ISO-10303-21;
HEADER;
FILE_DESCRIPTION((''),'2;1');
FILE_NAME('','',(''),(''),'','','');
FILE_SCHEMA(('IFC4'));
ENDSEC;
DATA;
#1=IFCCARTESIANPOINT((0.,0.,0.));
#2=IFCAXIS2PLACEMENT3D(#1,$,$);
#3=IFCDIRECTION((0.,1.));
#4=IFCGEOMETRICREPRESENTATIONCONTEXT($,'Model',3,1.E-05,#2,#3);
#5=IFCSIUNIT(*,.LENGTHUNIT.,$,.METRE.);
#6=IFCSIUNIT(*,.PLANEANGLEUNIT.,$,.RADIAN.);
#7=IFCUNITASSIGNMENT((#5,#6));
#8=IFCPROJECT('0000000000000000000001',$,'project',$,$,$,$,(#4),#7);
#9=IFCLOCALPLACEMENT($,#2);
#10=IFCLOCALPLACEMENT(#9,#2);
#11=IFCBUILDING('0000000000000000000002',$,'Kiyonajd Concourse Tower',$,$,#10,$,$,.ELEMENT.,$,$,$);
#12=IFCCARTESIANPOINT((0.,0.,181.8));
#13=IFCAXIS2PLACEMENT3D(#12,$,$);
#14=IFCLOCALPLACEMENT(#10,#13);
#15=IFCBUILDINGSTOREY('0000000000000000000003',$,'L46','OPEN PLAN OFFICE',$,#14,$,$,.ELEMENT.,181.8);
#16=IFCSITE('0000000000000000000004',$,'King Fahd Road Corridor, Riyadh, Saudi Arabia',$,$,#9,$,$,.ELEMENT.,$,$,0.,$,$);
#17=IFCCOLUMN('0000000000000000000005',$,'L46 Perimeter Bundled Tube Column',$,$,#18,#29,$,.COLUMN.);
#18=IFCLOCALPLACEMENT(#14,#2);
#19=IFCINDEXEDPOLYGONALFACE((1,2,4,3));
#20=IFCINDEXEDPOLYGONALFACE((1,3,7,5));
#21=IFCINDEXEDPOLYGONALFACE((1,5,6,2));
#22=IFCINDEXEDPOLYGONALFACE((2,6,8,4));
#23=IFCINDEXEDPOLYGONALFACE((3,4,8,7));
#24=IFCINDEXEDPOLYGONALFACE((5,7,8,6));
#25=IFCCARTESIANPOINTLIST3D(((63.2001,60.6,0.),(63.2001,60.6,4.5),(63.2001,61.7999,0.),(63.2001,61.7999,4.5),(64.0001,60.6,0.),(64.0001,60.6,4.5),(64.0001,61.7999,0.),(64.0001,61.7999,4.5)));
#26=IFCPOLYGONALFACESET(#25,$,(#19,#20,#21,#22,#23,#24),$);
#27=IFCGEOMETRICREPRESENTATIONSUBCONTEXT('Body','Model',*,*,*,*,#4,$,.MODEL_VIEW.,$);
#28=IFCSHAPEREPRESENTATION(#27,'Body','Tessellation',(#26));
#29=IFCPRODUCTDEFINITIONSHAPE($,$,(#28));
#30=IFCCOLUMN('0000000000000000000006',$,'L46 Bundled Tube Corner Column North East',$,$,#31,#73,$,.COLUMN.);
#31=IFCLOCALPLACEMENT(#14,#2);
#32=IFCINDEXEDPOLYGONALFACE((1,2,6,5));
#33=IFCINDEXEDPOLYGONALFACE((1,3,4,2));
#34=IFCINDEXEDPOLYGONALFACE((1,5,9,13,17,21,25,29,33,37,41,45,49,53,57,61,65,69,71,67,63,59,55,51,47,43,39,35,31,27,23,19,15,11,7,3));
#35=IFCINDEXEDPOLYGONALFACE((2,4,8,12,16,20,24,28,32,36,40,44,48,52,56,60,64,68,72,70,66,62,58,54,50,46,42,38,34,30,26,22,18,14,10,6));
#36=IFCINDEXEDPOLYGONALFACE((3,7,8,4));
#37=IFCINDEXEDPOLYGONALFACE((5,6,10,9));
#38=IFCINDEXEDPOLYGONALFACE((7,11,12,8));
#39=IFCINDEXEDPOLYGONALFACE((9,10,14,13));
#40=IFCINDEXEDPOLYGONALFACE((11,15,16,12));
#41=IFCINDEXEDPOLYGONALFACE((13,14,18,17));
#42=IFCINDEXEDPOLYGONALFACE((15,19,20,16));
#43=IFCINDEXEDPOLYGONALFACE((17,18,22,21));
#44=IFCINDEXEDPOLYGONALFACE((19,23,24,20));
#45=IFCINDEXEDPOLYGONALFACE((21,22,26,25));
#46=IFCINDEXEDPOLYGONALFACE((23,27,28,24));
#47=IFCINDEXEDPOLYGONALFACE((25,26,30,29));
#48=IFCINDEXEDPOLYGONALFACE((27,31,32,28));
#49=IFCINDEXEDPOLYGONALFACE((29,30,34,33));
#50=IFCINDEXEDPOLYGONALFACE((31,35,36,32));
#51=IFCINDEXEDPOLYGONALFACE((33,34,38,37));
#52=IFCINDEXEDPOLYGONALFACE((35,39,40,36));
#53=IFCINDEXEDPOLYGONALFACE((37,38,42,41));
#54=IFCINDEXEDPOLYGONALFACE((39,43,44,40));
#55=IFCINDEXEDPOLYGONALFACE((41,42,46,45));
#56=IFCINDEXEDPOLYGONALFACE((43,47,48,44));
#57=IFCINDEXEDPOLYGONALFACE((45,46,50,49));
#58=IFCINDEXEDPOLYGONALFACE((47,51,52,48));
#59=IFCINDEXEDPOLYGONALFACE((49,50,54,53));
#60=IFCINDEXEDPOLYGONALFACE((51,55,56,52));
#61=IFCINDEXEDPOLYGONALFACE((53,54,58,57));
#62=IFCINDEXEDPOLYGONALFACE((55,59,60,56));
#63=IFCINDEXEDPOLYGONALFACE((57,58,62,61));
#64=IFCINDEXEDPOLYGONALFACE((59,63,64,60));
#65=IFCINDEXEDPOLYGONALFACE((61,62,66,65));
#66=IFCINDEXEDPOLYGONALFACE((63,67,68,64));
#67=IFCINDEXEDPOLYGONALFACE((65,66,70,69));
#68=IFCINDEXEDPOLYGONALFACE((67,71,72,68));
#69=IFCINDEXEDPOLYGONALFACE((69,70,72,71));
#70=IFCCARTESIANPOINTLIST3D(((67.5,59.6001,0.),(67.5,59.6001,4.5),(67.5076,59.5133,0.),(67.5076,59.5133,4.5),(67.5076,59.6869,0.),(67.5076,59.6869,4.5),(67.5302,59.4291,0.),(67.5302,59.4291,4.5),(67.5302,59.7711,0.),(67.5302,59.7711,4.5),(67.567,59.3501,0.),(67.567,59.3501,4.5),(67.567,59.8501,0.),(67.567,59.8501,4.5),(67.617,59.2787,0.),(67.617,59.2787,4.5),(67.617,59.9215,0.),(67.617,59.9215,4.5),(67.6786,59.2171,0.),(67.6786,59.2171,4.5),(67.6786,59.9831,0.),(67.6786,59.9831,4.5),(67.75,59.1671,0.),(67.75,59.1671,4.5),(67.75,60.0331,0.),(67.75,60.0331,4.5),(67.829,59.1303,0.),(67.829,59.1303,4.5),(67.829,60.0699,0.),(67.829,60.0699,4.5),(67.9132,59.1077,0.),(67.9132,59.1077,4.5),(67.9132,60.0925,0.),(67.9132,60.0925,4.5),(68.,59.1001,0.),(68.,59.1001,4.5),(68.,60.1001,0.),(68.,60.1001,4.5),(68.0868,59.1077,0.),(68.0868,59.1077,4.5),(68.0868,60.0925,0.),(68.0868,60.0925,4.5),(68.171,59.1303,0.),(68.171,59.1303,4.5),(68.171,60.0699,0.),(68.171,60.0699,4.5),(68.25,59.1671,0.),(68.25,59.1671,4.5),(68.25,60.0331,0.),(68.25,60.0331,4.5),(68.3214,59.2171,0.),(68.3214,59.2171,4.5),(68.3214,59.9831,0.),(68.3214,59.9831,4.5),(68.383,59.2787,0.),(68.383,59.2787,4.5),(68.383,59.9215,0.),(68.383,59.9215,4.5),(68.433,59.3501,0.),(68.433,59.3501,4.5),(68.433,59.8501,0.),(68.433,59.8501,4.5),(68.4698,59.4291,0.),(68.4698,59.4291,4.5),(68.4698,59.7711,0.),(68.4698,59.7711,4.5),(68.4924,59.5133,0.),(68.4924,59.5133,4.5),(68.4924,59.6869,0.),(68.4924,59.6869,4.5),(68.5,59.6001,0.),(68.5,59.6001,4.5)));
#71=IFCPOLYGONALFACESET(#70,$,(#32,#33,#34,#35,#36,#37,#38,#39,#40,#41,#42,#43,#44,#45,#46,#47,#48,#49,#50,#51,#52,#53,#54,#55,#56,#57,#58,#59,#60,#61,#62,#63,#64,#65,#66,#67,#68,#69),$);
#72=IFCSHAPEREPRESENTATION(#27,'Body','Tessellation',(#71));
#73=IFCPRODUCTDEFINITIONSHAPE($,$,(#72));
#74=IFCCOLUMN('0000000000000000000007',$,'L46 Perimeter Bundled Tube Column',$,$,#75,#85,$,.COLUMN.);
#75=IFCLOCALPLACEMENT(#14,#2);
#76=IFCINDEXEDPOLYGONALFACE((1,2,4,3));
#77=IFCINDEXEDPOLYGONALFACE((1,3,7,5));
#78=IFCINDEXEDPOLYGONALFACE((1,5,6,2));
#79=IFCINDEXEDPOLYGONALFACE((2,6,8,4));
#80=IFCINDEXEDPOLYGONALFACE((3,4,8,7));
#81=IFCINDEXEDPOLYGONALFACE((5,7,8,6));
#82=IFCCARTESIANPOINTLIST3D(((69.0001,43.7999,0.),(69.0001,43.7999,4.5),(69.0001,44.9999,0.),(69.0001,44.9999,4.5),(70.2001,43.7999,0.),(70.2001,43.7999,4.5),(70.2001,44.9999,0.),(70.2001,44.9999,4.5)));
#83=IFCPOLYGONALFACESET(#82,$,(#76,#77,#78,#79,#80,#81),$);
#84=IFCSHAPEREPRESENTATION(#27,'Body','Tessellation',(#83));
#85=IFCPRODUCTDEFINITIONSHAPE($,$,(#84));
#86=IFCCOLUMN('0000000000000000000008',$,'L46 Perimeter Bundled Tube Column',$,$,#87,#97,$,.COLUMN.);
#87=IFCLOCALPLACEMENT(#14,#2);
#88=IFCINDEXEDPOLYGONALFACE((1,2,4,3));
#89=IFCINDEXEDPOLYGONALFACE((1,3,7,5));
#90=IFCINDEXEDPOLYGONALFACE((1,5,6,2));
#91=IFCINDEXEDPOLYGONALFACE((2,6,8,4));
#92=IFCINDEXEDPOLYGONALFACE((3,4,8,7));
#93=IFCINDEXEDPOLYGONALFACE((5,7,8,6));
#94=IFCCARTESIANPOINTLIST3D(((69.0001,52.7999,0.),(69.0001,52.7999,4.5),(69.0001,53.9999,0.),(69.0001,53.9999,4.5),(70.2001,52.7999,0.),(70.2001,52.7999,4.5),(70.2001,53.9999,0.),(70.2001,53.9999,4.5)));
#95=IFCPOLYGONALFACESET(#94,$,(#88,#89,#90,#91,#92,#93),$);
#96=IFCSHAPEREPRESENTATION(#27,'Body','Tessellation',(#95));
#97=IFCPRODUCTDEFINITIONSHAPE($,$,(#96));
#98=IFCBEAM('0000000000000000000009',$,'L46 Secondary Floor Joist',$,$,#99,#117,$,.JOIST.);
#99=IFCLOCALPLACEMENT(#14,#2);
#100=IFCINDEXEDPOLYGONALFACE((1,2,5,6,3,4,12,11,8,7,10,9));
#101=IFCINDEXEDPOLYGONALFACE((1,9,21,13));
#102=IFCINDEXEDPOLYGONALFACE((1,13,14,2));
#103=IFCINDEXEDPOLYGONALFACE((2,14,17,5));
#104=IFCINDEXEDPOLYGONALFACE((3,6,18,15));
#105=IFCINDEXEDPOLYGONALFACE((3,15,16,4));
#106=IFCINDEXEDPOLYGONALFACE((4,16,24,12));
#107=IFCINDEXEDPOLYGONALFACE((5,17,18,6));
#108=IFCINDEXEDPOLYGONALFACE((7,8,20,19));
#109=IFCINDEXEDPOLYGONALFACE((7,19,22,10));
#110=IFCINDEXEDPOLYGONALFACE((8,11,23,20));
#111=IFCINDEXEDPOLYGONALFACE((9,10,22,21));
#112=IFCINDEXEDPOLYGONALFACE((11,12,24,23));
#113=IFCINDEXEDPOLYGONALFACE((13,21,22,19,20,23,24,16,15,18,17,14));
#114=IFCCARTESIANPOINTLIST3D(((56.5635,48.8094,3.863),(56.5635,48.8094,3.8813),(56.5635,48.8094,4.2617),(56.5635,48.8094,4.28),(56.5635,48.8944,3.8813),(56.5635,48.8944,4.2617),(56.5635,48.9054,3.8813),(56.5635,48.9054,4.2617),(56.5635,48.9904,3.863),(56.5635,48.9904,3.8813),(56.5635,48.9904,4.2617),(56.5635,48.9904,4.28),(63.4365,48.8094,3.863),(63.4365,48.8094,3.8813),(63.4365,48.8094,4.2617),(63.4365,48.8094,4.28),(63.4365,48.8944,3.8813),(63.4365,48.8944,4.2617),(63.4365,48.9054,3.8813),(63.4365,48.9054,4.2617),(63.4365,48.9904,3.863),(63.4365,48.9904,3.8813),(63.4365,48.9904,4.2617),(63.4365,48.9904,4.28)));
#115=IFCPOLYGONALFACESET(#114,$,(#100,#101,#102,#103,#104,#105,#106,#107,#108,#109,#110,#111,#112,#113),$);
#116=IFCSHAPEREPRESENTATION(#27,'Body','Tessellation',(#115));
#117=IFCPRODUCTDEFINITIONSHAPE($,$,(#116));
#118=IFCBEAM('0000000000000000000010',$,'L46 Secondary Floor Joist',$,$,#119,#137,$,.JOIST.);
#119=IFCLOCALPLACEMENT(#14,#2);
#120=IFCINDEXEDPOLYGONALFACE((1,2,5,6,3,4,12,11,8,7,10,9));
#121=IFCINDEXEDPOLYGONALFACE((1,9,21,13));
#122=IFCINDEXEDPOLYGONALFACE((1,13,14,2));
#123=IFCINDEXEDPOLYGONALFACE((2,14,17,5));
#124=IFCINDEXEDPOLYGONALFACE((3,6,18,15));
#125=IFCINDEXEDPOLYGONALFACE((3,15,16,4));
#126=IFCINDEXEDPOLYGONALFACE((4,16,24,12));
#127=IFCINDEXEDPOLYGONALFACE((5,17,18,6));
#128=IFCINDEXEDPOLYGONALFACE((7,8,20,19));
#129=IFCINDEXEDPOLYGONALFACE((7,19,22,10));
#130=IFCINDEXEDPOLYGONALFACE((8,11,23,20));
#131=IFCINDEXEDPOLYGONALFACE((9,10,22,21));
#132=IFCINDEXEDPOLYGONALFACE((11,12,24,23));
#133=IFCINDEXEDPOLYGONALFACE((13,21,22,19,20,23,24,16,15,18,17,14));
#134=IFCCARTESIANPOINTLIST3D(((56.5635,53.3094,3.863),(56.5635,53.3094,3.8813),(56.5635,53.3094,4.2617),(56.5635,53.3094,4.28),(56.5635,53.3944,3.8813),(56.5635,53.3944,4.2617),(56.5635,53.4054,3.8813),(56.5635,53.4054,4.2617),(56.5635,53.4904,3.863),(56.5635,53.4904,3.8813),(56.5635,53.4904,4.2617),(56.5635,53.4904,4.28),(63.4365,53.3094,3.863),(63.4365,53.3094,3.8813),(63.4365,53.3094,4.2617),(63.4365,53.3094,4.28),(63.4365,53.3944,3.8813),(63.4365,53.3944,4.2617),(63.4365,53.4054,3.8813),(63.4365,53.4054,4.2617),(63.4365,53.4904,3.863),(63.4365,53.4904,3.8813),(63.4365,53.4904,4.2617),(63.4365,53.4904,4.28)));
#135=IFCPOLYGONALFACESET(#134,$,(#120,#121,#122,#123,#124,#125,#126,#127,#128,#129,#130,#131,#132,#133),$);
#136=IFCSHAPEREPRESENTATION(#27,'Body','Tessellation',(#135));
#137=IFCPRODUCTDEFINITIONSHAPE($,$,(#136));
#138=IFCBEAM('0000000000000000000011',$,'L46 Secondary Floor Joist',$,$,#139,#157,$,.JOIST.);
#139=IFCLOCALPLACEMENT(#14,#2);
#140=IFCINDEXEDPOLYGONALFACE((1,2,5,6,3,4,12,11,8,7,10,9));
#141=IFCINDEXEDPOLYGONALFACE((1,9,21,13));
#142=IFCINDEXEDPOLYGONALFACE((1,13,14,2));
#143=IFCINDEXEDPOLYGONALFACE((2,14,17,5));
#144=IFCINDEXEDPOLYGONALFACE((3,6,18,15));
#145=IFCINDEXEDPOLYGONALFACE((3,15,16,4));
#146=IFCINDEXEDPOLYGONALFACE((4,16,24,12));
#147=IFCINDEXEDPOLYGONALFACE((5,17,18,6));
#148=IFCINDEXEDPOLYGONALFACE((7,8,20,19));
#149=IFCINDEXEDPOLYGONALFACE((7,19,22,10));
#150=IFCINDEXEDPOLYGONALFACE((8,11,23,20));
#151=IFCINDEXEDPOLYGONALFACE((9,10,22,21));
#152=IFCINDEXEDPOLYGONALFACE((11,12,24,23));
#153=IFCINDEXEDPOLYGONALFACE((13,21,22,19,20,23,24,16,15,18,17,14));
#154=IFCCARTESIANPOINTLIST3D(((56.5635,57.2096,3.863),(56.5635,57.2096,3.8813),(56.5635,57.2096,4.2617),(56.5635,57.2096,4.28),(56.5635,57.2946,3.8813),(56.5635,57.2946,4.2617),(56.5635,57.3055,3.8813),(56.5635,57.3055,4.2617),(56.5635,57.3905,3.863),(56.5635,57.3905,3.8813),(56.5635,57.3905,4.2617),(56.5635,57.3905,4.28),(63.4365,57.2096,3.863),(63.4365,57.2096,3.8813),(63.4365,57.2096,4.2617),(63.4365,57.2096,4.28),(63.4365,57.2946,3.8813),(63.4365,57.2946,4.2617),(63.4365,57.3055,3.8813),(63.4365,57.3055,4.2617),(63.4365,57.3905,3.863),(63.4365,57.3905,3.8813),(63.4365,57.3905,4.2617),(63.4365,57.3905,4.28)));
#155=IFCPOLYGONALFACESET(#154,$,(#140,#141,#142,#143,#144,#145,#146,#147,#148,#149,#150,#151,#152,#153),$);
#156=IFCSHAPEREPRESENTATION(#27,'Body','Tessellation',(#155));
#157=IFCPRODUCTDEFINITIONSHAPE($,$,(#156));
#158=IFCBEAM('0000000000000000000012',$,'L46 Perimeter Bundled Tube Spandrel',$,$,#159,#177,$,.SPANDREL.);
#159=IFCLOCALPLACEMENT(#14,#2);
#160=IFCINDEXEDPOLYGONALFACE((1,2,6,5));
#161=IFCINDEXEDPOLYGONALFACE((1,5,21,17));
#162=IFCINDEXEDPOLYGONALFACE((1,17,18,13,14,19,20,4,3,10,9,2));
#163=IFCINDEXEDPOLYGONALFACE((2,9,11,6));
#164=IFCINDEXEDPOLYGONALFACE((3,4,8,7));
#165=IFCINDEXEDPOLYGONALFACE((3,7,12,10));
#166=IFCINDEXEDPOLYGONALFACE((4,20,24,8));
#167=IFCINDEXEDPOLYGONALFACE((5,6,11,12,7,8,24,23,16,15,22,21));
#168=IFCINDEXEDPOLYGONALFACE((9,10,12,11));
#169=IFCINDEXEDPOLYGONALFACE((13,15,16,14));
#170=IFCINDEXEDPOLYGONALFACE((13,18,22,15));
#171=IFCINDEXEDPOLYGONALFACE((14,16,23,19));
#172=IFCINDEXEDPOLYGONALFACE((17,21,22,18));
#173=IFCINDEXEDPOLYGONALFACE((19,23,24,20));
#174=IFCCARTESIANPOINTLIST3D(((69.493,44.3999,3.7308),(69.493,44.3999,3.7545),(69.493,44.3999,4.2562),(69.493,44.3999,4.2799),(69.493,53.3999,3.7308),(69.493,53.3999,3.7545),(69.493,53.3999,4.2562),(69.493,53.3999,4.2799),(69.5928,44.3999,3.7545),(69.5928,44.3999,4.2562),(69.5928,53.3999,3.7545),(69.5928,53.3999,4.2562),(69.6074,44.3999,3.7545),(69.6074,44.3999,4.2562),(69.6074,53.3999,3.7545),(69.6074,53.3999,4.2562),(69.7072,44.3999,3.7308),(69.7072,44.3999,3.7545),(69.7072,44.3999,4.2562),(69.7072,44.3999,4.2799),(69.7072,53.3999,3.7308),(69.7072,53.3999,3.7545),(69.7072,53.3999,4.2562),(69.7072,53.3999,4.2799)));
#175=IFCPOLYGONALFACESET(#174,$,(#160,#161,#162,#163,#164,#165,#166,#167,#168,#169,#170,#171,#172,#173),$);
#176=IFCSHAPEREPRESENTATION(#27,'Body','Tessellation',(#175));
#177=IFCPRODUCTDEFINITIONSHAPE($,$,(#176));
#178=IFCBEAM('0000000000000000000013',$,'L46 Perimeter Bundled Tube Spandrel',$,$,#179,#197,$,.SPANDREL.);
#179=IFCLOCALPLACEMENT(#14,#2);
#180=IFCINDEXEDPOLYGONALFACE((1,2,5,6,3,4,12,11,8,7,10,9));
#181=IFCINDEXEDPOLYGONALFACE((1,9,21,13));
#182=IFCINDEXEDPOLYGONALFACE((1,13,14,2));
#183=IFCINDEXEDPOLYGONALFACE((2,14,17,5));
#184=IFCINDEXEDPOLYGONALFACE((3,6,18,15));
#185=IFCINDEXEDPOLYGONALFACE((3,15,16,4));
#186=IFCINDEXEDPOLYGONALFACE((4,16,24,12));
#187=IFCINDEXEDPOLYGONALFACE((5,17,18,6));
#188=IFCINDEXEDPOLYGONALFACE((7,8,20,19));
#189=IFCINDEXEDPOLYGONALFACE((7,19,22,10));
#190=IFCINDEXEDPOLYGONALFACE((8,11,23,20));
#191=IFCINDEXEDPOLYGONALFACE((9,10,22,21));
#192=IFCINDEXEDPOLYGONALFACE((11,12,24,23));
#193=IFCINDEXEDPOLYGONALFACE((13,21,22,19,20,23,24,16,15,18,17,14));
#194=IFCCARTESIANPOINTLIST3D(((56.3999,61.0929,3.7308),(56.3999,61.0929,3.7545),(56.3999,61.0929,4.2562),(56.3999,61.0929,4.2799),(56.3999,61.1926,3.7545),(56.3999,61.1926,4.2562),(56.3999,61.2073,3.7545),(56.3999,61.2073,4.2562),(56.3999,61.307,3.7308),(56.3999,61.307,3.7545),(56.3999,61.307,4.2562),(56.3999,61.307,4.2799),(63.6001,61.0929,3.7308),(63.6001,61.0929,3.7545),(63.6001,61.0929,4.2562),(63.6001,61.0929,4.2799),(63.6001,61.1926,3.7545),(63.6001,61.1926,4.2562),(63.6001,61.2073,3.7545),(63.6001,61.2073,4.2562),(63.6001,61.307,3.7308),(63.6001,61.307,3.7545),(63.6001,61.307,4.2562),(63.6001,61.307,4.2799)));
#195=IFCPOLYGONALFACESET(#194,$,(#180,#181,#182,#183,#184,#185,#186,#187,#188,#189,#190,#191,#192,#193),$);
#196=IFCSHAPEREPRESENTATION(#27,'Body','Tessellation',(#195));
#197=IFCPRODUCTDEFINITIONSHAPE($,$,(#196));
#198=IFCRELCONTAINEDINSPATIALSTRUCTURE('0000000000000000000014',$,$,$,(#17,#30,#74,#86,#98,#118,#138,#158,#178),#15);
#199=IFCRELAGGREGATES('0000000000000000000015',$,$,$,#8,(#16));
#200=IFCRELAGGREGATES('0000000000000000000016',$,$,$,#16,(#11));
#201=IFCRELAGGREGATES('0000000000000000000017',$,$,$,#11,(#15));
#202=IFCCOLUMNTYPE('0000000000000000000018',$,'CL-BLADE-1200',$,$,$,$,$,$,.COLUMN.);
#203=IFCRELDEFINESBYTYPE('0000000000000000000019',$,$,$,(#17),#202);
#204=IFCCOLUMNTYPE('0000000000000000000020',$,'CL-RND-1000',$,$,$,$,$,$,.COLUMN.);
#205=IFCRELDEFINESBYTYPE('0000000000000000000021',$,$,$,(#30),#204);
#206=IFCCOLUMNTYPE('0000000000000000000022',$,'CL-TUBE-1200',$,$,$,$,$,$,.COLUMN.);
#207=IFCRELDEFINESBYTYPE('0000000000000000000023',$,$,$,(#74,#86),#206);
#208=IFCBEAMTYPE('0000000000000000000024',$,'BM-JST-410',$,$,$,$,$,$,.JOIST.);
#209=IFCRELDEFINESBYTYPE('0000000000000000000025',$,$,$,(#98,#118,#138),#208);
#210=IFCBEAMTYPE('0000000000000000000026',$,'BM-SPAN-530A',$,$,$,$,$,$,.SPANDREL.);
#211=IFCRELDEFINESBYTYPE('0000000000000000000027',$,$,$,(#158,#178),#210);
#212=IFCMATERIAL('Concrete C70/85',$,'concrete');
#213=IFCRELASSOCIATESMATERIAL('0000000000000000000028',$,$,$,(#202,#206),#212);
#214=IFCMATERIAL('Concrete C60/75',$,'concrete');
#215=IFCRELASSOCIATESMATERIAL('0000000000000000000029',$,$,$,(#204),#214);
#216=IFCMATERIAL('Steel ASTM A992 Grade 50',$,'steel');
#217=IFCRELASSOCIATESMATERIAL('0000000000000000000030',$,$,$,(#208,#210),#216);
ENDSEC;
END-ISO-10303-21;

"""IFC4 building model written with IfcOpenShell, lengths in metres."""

from ifc_helpers import new_model, si_unit, direction, frame, origin, origin_2d, place, context, subcontext, project, spatial, rectangle, circle, i_section, extrude, material, material_profile, profile_set, type_object, element, save


model = new_model("IFC4")

# Units and contexts
model_context = context("Model", 3, precision=1e-05, world=origin(), true_north=direction((0.0, 1.0)))
body_context = subcontext(model_context, "Body", "Model", "MODEL_VIEW")
ifc_project = project(units=[si_unit("LENGTHUNIT", "METRE"), si_unit("PLANEANGLEUNIT", "RADIAN")], contexts=[model_context])

# Site, building, storey
site_placement = place(None, origin())
site = spatial("IfcSite", under=ifc_project, at=site_placement, Name="King Fahd Road Corridor, Riyadh, Saudi Arabia", CompositionType="ELEMENT", RefElevation=0.0)
building_placement = place(site_placement, origin())
building = spatial("IfcBuilding", under=site, at=building_placement, Name="Kiyonajd Concourse Tower", CompositionType="ELEMENT")
storey_placement = place(building_placement, frame((0.0, 0.0, 181.8)))
storey = spatial("IfcBuildingStorey", under=building, at=storey_placement, Name="L46", Description="OPEN PLAN OFFICE", CompositionType="ELEMENT", Elevation=181.8)

# Columns
ifc_material_1 = material(Name="Concrete C70/85", Category="concrete")
ifc_material_profile_1 = material_profile(ifc_material_1, rectangle(XDim=0.8, YDim=1.2, at=origin_2d()), Name="RC-1200x800")
ifc_profile_set_1 = profile_set([ifc_material_profile_1], Name="Concrete C70/85")
column_type_1 = type_object("IfcColumnType", Name="CL-BLADE-1200", PredefinedType="COLUMN", material=ifc_profile_set_1)
column_1_placement = place(storey_placement, frame((63.6001, 61.2, 0.0), z_axis=(0.0, 0.0, 1.0), x_axis=(1.0, 0.0, 0.0)))
element("IfcColumn", 1, at=column_1_placement, inside=storey, type_object=column_type_1, Name="L46 Perimeter Bundled Tube Column", PredefinedType="COLUMN", context=body_context, shape_type="SweptSolid", body=[
    extrude(rectangle(XDim=0.8, YDim=1.2, at=origin_2d()), origin(), (0.0, 0.0, 1.0), 4.5),
])
ifc_material_2 = material(Name="Concrete C60/75", Category="concrete")
ifc_material_profile_2 = material_profile(ifc_material_2, circle(Radius=0.5, at=origin_2d()), Name="RCC-D1000")
ifc_profile_set_2 = profile_set([ifc_material_profile_2], Name="Concrete C60/75")
column_type_2 = type_object("IfcColumnType", Name="CL-RND-1000", PredefinedType="COLUMN", material=ifc_profile_set_2)
column_2_placement = place(storey_placement, frame((68.0, 59.6001, 0.0), z_axis=(0.0, 0.0, 1.0), x_axis=(1.0, 0.0, 0.0)))
element("IfcColumn", 2, at=column_2_placement, inside=storey, type_object=column_type_2, Name="L46 Bundled Tube Corner Column North East", PredefinedType="COLUMN", context=body_context, shape_type="SweptSolid", body=[
    extrude(circle(Radius=0.5, at=origin_2d()), origin(), (0.0, 0.0, 1.0), 4.5),
])
ifc_material_profile_3 = material_profile(ifc_material_1, rectangle(XDim=1.2, YDim=1.2, at=origin_2d()), Name="RC-1200x1200")
ifc_profile_set_3 = profile_set([ifc_material_profile_3], Name="Concrete C70/85")
column_type_3 = type_object("IfcColumnType", Name="CL-TUBE-1200", PredefinedType="COLUMN", material=ifc_profile_set_3)
for number, where, z_axis, x_axis, name in (
    (3, (69.6001, 44.3999, 0.0), (0.0, 0.0, 1.0), (1.0, 0.0, 0.0), "L46 Perimeter Bundled Tube Column"),
    (4, (69.6001, 53.3999, 0.0), (0.0, 0.0, 1.0), (1.0, 0.0, 0.0), "L46 Perimeter Bundled Tube Column"),
):
    element("IfcColumn", number, at=place(storey_placement, frame(where, z_axis=z_axis, x_axis=x_axis)), inside=storey, type_object=column_type_3, Name=name, PredefinedType="COLUMN", context=body_context, shape_type="SweptSolid", body=[
        extrude(rectangle(XDim=1.2, YDim=1.2, at=origin_2d()), origin(), (0.0, 0.0, 1.0), 4.5),
    ])

# Beams
ifc_material_3 = material(Name="Steel ASTM A992 Grade 50", Category="steel")
ifc_material_profile_4 = material_profile(ifc_material_3, i_section(OverallWidth=0.1809, OverallDepth=0.417, WebThickness=0.011, FlangeThickness=0.0183, at=origin_2d()), Name="W410X85")
ifc_profile_set_4 = profile_set([ifc_material_profile_4], Name="Steel ASTM A992 Grade 50")
beam_type_1 = type_object("IfcBeamType", Name="BM-JST-410", PredefinedType="JOIST", material=ifc_profile_set_4)
for number, where, z_axis, x_axis, name in (
    (5, (56.5635, 48.8999, 4.0715), (1.0, 0.0, 0.0), (0.0, 1.0, 0.0), "L46 Secondary Floor Joist"),
    (6, (56.5635, 53.3999, 4.0715), (1.0, 0.0, 0.0), (0.0, 1.0, 0.0), "L46 Secondary Floor Joist"),
    (7, (56.5635, 57.3, 4.0715), (1.0, 0.0, 0.0), (0.0, 1.0, 0.0), "L46 Secondary Floor Joist"),
):
    element("IfcBeam", number, at=place(storey_placement, frame(where, z_axis=z_axis, x_axis=x_axis)), inside=storey, type_object=beam_type_1, Name=name, PredefinedType="JOIST", context=body_context, shape_type="SweptSolid", body=[
        extrude(i_section(OverallWidth=0.1809, OverallDepth=0.417, WebThickness=0.011, FlangeThickness=0.0183, at=origin_2d()), origin(), (0.0, 0.0, 1.0), 6.873),
    ])
ifc_material_profile_5 = material_profile(ifc_material_3, i_section(OverallWidth=0.2141, OverallDepth=0.5491, WebThickness=0.0146, FlangeThickness=0.0237, at=origin_2d()), Name="W530X138")
ifc_profile_set_5 = profile_set([ifc_material_profile_5], Name="Steel ASTM A992 Grade 50")
beam_type_2 = type_object("IfcBeamType", Name="BM-SPAN-530A", PredefinedType="SPANDREL", material=ifc_profile_set_5)
beam_1_placement = place(storey_placement, frame((69.6001, 44.3999, 4.0054), z_axis=(0.0, 1.0, 0.0), x_axis=(-1.0, 0.0, 0.0)))
element("IfcBeam", 8, at=beam_1_placement, inside=storey, type_object=beam_type_2, Name="L46 Perimeter Bundled Tube Spandrel", PredefinedType="SPANDREL", context=body_context, shape_type="SweptSolid", body=[
    extrude(i_section(OverallWidth=0.2141, OverallDepth=0.5491, WebThickness=0.0146, FlangeThickness=0.0237, at=origin_2d()), origin(), (0.0, 0.0, 1.0), 9.0),
])
beam_2_placement = place(storey_placement, frame((63.6001, 61.2, 4.0054), z_axis=(-1.0, 0.0, 0.0), x_axis=(0.0, -1.0, 0.0)))
element("IfcBeam", 9, at=beam_2_placement, inside=storey, type_object=beam_type_2, Name="L46 Perimeter Bundled Tube Spandrel", PredefinedType="SPANDREL", context=body_context, shape_type="SweptSolid", body=[
    extrude(i_section(OverallWidth=0.2141, OverallDepth=0.5491, WebThickness=0.0146, FlangeThickness=0.0237, at=origin_2d()), origin(), (0.0, 0.0, 1.0), 7.2002),
])

save(model, "model.ifc")
